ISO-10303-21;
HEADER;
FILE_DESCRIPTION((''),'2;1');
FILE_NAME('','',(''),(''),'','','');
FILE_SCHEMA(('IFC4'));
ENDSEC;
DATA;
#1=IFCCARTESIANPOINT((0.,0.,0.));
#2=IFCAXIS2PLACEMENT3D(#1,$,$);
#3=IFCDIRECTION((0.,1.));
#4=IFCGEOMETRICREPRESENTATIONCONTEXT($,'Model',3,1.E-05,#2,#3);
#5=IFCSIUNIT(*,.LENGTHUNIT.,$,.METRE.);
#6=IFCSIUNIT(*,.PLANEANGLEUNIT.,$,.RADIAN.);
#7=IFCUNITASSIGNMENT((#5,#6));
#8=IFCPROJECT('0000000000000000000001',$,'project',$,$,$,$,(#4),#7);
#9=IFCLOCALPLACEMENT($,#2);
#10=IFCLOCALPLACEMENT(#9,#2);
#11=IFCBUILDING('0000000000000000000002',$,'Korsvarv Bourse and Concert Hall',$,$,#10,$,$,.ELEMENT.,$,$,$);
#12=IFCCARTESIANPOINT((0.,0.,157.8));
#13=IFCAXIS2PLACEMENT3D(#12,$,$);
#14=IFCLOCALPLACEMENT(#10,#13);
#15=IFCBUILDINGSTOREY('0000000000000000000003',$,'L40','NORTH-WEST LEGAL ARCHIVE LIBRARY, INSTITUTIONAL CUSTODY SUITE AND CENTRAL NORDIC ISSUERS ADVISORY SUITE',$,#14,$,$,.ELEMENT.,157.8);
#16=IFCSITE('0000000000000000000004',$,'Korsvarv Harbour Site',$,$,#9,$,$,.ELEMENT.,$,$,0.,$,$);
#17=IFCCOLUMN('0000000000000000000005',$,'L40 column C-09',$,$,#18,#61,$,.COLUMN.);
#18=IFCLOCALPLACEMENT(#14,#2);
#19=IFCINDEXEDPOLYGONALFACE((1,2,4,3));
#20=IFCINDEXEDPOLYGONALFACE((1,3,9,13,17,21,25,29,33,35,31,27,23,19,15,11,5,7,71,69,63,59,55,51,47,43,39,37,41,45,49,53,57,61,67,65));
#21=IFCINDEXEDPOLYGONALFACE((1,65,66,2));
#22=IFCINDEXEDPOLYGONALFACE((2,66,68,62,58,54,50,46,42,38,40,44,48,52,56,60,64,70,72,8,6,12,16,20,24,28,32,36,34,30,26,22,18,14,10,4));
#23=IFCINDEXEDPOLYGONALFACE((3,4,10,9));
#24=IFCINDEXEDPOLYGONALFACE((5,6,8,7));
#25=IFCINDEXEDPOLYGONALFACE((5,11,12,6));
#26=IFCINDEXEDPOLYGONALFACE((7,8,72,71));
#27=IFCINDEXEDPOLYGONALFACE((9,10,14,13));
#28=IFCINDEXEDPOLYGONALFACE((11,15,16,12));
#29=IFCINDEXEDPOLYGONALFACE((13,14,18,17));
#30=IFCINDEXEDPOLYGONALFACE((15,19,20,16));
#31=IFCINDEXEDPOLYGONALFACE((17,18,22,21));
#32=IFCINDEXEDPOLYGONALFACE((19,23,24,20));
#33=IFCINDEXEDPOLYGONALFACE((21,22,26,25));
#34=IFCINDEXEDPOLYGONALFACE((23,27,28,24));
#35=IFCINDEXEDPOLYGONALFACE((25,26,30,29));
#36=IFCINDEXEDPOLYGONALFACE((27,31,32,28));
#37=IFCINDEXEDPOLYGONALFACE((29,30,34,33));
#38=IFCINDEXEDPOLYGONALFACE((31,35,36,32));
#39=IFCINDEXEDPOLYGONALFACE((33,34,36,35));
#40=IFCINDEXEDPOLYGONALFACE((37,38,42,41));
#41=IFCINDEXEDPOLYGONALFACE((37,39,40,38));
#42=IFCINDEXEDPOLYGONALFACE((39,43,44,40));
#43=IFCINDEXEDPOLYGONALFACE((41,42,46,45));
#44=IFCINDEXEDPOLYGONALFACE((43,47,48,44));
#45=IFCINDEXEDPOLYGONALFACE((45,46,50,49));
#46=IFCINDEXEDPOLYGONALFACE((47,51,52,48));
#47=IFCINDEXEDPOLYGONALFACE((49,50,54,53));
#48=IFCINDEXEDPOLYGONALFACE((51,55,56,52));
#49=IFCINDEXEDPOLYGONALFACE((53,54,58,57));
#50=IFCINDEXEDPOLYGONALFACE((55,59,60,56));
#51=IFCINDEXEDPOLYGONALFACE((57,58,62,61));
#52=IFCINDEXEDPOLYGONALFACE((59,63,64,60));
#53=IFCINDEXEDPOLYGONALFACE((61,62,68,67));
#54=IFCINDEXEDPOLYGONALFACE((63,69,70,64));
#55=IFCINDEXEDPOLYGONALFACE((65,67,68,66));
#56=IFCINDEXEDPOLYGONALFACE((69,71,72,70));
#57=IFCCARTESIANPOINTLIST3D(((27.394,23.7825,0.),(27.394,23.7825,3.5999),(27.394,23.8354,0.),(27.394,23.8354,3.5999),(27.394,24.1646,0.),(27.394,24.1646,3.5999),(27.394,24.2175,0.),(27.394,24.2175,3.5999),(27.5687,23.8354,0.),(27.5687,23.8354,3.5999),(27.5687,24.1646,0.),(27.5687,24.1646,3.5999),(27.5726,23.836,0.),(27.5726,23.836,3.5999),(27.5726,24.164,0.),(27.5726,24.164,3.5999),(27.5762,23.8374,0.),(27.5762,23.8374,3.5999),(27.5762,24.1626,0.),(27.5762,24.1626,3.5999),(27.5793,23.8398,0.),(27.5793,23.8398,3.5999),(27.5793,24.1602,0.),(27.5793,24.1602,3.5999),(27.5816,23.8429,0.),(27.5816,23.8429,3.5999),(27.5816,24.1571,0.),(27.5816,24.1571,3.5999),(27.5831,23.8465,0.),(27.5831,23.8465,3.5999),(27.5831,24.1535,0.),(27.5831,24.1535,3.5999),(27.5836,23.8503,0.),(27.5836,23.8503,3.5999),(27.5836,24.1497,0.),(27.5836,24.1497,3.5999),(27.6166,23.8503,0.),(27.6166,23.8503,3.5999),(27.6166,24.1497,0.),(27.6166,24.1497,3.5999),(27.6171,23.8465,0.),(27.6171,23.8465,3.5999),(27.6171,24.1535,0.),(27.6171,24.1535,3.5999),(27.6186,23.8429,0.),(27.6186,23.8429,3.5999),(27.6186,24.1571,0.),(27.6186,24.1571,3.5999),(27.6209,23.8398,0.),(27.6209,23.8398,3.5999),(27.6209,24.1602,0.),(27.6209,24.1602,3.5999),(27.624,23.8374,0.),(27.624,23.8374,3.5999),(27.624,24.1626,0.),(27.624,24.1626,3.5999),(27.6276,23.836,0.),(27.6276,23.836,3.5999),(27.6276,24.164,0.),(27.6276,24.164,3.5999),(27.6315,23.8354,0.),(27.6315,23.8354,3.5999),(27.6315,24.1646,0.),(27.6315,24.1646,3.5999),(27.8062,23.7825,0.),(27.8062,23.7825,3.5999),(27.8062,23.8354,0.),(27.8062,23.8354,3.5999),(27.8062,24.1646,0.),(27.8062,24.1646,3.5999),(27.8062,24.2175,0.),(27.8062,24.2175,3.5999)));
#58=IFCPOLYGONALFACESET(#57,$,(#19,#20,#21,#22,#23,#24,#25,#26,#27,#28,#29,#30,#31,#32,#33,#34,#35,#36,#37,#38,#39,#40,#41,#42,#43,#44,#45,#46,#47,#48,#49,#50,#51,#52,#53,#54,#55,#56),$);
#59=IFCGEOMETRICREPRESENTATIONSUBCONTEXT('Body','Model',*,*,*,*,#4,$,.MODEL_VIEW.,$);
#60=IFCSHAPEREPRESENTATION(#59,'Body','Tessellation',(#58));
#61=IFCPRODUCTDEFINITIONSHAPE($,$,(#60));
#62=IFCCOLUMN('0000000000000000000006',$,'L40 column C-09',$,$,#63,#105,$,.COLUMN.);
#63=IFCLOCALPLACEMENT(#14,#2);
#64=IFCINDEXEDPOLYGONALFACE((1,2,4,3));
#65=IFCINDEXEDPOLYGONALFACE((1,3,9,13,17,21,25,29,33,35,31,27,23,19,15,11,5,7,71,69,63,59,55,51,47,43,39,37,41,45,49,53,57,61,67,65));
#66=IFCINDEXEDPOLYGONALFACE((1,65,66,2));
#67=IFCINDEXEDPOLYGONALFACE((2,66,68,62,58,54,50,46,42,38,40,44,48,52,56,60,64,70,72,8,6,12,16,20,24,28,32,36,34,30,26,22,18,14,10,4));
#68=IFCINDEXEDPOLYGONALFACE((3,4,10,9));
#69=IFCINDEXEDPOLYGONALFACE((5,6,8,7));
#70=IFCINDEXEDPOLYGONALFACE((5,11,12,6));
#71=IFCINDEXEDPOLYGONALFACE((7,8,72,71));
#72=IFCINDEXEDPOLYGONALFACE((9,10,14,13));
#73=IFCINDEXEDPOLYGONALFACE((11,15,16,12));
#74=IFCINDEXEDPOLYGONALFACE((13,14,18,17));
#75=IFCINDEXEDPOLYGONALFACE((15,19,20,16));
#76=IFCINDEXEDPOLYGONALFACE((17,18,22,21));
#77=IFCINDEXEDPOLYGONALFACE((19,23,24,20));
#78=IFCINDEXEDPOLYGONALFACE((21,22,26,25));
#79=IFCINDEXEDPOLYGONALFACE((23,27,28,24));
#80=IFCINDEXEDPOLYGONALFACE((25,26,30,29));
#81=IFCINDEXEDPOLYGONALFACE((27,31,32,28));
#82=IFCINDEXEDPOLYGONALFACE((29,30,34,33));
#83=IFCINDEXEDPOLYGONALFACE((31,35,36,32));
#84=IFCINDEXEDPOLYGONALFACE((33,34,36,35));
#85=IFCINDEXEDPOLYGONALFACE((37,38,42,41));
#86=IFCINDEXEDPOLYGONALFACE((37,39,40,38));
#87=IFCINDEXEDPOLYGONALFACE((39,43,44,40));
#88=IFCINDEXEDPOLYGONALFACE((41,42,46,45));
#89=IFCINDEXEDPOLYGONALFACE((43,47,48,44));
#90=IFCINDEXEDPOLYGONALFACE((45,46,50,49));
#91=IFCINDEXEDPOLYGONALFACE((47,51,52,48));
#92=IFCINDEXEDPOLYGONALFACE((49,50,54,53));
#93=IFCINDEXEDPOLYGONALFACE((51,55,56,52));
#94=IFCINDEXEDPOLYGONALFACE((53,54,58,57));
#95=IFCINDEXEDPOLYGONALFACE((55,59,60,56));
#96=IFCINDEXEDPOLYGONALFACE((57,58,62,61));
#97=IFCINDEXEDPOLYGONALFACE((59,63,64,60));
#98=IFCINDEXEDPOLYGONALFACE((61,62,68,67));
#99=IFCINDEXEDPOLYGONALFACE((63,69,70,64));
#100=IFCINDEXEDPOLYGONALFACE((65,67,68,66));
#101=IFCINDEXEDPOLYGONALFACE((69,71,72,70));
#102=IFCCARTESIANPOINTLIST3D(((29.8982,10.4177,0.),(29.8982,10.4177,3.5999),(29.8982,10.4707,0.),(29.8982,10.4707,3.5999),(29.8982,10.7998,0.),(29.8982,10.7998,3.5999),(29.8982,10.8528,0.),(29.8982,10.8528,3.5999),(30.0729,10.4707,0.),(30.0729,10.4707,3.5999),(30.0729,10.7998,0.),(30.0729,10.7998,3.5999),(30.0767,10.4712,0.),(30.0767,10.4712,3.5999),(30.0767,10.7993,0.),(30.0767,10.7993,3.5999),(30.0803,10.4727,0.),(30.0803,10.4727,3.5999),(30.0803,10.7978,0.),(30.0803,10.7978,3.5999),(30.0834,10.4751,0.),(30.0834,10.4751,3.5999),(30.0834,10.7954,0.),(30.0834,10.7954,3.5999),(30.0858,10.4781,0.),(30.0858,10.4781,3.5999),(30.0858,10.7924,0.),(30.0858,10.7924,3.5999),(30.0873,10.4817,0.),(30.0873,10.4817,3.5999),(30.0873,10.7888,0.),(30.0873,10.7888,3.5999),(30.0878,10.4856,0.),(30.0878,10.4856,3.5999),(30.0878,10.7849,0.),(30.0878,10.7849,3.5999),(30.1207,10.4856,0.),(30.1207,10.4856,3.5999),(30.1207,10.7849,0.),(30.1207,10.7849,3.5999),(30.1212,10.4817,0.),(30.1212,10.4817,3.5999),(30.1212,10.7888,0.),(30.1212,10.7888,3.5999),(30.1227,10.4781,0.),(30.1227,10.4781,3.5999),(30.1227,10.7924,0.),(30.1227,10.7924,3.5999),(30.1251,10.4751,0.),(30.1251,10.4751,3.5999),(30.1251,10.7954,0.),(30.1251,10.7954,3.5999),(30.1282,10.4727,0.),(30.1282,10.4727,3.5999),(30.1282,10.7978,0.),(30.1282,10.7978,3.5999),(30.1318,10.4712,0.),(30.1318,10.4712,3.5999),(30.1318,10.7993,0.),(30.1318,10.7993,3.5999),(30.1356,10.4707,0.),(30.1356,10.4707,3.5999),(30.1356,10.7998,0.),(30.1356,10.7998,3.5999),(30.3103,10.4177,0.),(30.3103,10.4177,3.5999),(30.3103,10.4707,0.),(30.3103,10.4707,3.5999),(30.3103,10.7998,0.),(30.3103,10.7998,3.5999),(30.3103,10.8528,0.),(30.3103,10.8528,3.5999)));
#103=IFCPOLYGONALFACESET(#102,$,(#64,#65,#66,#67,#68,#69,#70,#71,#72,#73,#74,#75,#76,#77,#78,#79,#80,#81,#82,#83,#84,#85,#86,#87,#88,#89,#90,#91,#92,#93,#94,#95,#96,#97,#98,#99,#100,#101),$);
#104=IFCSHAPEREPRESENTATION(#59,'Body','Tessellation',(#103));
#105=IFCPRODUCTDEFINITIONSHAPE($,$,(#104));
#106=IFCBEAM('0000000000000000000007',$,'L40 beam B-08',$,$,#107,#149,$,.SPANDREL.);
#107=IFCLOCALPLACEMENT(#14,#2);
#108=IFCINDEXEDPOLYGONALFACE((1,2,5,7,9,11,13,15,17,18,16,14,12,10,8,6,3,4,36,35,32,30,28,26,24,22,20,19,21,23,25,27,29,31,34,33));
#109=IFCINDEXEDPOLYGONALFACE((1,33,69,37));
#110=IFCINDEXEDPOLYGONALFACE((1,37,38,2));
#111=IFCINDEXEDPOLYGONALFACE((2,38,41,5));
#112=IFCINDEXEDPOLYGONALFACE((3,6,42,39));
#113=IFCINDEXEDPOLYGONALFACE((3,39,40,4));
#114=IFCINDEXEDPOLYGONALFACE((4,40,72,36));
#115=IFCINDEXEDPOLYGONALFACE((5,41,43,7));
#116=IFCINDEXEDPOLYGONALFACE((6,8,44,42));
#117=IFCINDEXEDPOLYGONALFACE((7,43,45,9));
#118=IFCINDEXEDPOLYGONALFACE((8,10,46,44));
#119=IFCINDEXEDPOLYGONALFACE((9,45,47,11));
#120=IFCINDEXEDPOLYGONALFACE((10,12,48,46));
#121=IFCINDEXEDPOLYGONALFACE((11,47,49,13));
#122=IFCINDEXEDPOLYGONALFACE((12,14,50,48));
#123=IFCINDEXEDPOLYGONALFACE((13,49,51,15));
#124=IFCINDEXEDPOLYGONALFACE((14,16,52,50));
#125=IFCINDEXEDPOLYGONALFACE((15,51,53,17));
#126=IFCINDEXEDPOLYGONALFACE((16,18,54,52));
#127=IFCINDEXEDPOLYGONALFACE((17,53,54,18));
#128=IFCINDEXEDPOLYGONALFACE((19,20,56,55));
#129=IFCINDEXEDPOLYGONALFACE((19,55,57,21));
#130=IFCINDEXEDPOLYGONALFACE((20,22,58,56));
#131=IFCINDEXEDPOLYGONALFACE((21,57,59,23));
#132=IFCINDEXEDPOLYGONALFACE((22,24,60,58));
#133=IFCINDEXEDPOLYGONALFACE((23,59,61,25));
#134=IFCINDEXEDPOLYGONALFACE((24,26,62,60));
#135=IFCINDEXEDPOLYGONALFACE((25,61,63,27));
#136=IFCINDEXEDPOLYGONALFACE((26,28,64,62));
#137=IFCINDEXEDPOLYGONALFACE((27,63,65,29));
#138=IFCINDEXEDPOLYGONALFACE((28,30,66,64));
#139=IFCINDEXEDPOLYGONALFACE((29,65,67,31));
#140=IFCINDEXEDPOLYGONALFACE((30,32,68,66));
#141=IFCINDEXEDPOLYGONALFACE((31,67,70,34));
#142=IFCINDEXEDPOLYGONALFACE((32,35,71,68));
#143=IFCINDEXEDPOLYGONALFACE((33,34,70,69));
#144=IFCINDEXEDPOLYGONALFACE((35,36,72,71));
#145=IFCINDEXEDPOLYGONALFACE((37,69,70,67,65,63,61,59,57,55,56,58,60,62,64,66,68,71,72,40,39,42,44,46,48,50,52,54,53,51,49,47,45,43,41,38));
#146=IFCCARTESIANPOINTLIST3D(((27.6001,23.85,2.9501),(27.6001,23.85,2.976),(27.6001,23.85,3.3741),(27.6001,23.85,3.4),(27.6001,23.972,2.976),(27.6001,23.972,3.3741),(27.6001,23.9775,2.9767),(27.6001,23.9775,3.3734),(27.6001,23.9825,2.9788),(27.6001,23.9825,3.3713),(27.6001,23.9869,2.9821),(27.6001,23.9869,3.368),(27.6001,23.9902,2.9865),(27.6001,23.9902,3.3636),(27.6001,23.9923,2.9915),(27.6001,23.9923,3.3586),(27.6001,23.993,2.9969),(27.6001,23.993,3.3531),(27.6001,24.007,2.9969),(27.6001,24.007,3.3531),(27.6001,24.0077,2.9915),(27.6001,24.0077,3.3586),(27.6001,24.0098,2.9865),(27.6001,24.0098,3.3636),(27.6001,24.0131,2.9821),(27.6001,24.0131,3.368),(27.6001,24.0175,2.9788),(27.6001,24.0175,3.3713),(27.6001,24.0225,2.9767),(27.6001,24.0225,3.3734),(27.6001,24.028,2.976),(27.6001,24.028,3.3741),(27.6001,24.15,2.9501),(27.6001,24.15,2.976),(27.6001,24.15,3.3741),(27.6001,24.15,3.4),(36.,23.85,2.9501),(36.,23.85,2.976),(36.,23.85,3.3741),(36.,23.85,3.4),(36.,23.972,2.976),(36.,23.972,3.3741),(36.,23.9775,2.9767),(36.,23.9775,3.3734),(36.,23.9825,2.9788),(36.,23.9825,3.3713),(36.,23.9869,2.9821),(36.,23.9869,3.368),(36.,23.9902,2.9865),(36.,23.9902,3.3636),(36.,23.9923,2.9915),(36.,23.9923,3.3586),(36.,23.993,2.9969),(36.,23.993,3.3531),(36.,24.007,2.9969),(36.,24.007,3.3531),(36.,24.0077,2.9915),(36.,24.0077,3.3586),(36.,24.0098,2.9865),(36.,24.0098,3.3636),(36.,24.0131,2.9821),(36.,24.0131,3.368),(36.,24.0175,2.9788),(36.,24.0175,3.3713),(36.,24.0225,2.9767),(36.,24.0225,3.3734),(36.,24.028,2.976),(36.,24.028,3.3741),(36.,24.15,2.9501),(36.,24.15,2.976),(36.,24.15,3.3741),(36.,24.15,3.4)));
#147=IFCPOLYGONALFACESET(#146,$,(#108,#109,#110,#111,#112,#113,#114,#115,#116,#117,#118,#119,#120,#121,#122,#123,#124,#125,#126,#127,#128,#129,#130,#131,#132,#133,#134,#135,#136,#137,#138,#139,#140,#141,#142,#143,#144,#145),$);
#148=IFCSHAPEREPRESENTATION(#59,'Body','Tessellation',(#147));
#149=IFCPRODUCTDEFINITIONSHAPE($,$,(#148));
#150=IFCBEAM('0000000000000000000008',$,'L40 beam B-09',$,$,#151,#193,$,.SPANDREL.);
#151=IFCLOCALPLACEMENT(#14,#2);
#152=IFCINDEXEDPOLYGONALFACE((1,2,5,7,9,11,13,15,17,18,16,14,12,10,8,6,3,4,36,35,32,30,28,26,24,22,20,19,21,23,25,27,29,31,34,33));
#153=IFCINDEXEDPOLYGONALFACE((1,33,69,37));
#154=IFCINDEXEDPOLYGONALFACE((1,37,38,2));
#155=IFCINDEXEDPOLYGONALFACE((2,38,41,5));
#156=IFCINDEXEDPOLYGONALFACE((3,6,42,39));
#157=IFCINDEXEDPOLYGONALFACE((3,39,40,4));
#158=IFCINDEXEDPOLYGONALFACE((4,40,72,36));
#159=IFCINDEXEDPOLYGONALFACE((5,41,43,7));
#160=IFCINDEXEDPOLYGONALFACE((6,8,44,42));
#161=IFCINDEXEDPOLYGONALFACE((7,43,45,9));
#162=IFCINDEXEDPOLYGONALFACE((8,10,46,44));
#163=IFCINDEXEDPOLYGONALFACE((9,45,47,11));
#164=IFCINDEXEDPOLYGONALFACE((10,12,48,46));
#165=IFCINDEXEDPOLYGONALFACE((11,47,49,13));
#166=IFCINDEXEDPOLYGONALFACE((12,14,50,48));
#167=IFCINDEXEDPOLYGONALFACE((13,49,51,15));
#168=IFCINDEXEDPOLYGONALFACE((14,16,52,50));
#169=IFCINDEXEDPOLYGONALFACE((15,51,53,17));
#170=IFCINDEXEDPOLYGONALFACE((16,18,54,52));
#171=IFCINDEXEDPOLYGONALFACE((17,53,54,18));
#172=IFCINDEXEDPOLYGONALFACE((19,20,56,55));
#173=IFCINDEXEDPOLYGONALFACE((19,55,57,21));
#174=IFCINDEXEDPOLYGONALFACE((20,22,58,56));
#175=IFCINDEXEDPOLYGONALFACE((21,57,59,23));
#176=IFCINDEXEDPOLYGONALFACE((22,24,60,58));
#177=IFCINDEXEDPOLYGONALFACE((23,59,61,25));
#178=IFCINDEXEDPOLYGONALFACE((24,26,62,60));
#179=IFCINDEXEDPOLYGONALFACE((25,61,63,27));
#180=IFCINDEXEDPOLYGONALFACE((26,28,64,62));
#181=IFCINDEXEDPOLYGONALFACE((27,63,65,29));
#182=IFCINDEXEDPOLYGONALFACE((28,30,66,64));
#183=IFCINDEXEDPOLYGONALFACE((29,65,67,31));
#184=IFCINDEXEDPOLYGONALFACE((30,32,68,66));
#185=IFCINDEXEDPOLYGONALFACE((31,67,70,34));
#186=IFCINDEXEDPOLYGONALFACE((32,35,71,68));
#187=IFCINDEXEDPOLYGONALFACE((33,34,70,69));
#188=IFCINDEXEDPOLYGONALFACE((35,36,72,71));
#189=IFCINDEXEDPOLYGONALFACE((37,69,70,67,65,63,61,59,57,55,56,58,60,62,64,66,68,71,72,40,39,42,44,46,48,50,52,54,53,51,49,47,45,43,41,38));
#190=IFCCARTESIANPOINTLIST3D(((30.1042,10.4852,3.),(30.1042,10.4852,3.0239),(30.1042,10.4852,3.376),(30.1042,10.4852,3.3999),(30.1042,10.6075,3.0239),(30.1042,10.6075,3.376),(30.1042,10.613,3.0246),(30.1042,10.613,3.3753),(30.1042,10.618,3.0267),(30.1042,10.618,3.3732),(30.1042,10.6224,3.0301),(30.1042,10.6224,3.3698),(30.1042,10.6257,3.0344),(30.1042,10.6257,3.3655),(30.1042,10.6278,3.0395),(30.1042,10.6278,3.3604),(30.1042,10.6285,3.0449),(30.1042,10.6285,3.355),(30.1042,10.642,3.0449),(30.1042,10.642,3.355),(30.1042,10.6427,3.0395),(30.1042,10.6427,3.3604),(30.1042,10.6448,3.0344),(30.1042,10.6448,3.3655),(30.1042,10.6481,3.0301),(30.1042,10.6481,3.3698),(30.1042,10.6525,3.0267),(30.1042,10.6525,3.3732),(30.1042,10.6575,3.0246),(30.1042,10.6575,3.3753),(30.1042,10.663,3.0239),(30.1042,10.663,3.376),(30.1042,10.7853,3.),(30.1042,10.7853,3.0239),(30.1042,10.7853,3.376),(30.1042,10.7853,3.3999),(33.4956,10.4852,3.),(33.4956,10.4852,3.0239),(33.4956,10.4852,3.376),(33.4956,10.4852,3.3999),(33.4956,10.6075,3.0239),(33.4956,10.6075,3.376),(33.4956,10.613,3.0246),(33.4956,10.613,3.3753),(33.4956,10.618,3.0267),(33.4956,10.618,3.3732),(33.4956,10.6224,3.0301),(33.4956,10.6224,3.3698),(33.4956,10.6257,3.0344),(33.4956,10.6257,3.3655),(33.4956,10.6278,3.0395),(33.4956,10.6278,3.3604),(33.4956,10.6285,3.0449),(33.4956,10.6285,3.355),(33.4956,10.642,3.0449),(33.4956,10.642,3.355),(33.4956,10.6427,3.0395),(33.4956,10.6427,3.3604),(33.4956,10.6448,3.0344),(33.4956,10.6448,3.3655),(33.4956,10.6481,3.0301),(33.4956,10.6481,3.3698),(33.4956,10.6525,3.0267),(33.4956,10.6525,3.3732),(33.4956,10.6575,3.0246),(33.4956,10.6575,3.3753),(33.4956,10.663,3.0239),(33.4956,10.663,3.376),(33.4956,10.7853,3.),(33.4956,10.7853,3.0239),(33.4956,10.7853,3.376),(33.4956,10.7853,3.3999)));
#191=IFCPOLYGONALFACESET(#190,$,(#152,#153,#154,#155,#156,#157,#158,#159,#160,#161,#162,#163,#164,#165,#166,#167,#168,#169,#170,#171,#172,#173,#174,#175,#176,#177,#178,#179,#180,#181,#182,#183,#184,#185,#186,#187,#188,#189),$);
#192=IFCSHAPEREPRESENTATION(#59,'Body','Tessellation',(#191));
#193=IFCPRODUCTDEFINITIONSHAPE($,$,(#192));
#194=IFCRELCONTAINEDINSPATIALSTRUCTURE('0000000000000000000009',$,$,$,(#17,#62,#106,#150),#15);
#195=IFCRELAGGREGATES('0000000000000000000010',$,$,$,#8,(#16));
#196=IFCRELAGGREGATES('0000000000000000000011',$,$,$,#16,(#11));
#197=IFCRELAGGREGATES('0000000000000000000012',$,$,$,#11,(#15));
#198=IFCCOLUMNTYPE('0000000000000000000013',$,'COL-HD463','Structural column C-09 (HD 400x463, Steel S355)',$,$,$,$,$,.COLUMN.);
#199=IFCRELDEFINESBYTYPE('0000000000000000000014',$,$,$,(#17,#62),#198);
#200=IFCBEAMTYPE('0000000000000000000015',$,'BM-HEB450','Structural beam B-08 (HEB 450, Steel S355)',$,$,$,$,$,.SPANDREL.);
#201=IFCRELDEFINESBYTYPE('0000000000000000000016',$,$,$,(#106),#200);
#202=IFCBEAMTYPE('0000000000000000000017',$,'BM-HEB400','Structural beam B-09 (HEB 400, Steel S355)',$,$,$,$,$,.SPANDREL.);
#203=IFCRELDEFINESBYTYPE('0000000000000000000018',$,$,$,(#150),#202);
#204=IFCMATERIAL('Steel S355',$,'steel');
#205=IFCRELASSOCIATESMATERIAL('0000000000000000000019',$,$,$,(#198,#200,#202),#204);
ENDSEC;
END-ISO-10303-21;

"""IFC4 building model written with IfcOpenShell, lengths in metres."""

from ifc_helpers import new_model, si_unit, direction, frame, origin, origin_2d, place, context, subcontext, project, spatial, i_section, extrude, source, transform, mapped, material, material_profile, profile_set, type_object, element, save


model = new_model("IFC4")

# Units and contexts
model_context = context("Model", 3, precision=1e-05, world=origin(), true_north=direction((0.0, 1.0)))
body_context = subcontext(model_context, "Body", "Model", "MODEL_VIEW")
ifc_project = project(units=[si_unit("LENGTHUNIT", "METRE"), si_unit("PLANEANGLEUNIT", "RADIAN")], contexts=[model_context])

# Site, building, storey
site_placement = place(None, origin())
site = spatial("IfcSite", under=ifc_project, at=site_placement, Name="Korsvarv Harbour Site", CompositionType="ELEMENT", RefElevation=0.0)
building_placement = place(site_placement, origin())
building = spatial("IfcBuilding", under=site, at=building_placement, Name="Korsvarv Bourse and Concert Hall", CompositionType="ELEMENT")
storey_placement = place(building_placement, frame((0.0, 0.0, 157.8)))
storey = spatial("IfcBuildingStorey", under=building, at=storey_placement, Name="L40", Description="NORTH-WEST LEGAL ARCHIVE LIBRARY, INSTITUTIONAL CUSTODY SUITE AND CENTRAL NORDIC ISSUERS ADVISORY SUITE", CompositionType="ELEMENT", Elevation=157.8)

# Columns
ifc_material_1 = material(Name="Steel S355", Category="steel")
ifc_material_profile_1 = material_profile(ifc_material_1, i_section(OverallWidth=0.4121, OverallDepth=0.4351, WebThickness=0.033, FlangeThickness=0.053, FilletRadius=0.0149, at=origin_2d()), Name="HD 400x463")
ifc_profile_set_1 = profile_set([ifc_material_profile_1], Name="Steel S355")
column_type = type_object("IfcColumnType", Name="COL-HD463", Description="Structural column C-09 (HD 400x463, Steel S355)", PredefinedType="COLUMN", material=ifc_profile_set_1)
shared_shape_1 = source(origin(), body_context, "Body", "SweptSolid", [
    extrude(i_section(OverallWidth=0.4121, OverallDepth=0.4351, WebThickness=0.033, FlangeThickness=0.053, FilletRadius=0.0149, at=origin_2d()), origin(), (0.0, 0.0, 1.0), 3.5999),
])
for number, where, z_axis, x_axis, name in (
    (1, (27.6001, 24.0, 0.0), (0.0, 0.0, 1.0), (1.0, 0.0, 0.0), "L40 column C-09"),
    (2, (30.1042, 10.6353, 0.0), (0.0, 0.0, 1.0), (1.0, 0.0, 0.0), "L40 column C-09"),
):
    element("IfcColumn", number, at=place(storey_placement, frame(where, z_axis=z_axis, x_axis=x_axis)), inside=storey, type_object=column_type, Name=name, PredefinedType="COLUMN", context=body_context, shape_type="MappedRepresentation", body=[
        mapped(shared_shape_1, transform((0.0, 0.0, 0.0), scale=1.0)),
    ])

# Beams
ifc_material_profile_2 = material_profile(ifc_material_1, i_section(OverallWidth=0.3, OverallDepth=0.45, WebThickness=0.0139, FlangeThickness=0.0259, FilletRadius=0.021, at=origin_2d()), Name="HEB 450")
ifc_profile_set_2 = profile_set([ifc_material_profile_2], Name="Steel S355")
beam_type_1 = type_object("IfcBeamType", Name="BM-HEB450", Description="Structural beam B-08 (HEB 450, Steel S355)", PredefinedType="SPANDREL", material=ifc_profile_set_2)
shared_shape_2 = source(origin(), body_context, "Body", "SweptSolid", [
    extrude(i_section(OverallWidth=0.3, OverallDepth=0.45, WebThickness=0.0139, FlangeThickness=0.0259, FilletRadius=0.021, at=origin_2d()), origin(), (0.0, 0.0, 1.0), 8.3999),
])
beam_1_placement = place(storey_placement, frame((27.6001, 24.0, 3.175), z_axis=(1.0, 0.0, 0.0), x_axis=(0.0, 1.0, 0.0)))
element("IfcBeam", 3, at=beam_1_placement, inside=storey, type_object=beam_type_1, Name="L40 beam B-08", PredefinedType="SPANDREL", context=body_context, shape_type="MappedRepresentation", body=[
    mapped(shared_shape_2, transform((0.0, 0.0, 0.0), scale=1.0)),
])
ifc_material_profile_3 = material_profile(ifc_material_1, i_section(OverallWidth=0.3, OverallDepth=0.3999, WebThickness=0.0134, FlangeThickness=0.0239, FilletRadius=0.021, at=origin_2d()), Name="HEB 400")
ifc_profile_set_3 = profile_set([ifc_material_profile_3], Name="Steel S355")
beam_type_2 = type_object("IfcBeamType", Name="BM-HEB400", Description="Structural beam B-09 (HEB 400, Steel S355)", PredefinedType="SPANDREL", material=ifc_profile_set_3)
shared_shape_3 = source(origin(), body_context, "Body", "SweptSolid", [
    extrude(i_section(OverallWidth=0.3, OverallDepth=0.3999, WebThickness=0.0134, FlangeThickness=0.0239, FilletRadius=0.021, at=origin_2d()), origin(), (0.0, 0.0, 1.0), 3.3914),
])
beam_2_placement = place(storey_placement, frame((30.1042, 10.6353, 3.2), z_axis=(1.0, 0.0, 0.0), x_axis=(0.0, 1.0, 0.0)))
element("IfcBeam", 4, at=beam_2_placement, inside=storey, type_object=beam_type_2, Name="L40 beam B-09", PredefinedType="SPANDREL", context=body_context, shape_type="MappedRepresentation", body=[
    mapped(shared_shape_3, transform((0.0, 0.0, 0.0), scale=1.0)),
])

save(model, "model.ifc")
